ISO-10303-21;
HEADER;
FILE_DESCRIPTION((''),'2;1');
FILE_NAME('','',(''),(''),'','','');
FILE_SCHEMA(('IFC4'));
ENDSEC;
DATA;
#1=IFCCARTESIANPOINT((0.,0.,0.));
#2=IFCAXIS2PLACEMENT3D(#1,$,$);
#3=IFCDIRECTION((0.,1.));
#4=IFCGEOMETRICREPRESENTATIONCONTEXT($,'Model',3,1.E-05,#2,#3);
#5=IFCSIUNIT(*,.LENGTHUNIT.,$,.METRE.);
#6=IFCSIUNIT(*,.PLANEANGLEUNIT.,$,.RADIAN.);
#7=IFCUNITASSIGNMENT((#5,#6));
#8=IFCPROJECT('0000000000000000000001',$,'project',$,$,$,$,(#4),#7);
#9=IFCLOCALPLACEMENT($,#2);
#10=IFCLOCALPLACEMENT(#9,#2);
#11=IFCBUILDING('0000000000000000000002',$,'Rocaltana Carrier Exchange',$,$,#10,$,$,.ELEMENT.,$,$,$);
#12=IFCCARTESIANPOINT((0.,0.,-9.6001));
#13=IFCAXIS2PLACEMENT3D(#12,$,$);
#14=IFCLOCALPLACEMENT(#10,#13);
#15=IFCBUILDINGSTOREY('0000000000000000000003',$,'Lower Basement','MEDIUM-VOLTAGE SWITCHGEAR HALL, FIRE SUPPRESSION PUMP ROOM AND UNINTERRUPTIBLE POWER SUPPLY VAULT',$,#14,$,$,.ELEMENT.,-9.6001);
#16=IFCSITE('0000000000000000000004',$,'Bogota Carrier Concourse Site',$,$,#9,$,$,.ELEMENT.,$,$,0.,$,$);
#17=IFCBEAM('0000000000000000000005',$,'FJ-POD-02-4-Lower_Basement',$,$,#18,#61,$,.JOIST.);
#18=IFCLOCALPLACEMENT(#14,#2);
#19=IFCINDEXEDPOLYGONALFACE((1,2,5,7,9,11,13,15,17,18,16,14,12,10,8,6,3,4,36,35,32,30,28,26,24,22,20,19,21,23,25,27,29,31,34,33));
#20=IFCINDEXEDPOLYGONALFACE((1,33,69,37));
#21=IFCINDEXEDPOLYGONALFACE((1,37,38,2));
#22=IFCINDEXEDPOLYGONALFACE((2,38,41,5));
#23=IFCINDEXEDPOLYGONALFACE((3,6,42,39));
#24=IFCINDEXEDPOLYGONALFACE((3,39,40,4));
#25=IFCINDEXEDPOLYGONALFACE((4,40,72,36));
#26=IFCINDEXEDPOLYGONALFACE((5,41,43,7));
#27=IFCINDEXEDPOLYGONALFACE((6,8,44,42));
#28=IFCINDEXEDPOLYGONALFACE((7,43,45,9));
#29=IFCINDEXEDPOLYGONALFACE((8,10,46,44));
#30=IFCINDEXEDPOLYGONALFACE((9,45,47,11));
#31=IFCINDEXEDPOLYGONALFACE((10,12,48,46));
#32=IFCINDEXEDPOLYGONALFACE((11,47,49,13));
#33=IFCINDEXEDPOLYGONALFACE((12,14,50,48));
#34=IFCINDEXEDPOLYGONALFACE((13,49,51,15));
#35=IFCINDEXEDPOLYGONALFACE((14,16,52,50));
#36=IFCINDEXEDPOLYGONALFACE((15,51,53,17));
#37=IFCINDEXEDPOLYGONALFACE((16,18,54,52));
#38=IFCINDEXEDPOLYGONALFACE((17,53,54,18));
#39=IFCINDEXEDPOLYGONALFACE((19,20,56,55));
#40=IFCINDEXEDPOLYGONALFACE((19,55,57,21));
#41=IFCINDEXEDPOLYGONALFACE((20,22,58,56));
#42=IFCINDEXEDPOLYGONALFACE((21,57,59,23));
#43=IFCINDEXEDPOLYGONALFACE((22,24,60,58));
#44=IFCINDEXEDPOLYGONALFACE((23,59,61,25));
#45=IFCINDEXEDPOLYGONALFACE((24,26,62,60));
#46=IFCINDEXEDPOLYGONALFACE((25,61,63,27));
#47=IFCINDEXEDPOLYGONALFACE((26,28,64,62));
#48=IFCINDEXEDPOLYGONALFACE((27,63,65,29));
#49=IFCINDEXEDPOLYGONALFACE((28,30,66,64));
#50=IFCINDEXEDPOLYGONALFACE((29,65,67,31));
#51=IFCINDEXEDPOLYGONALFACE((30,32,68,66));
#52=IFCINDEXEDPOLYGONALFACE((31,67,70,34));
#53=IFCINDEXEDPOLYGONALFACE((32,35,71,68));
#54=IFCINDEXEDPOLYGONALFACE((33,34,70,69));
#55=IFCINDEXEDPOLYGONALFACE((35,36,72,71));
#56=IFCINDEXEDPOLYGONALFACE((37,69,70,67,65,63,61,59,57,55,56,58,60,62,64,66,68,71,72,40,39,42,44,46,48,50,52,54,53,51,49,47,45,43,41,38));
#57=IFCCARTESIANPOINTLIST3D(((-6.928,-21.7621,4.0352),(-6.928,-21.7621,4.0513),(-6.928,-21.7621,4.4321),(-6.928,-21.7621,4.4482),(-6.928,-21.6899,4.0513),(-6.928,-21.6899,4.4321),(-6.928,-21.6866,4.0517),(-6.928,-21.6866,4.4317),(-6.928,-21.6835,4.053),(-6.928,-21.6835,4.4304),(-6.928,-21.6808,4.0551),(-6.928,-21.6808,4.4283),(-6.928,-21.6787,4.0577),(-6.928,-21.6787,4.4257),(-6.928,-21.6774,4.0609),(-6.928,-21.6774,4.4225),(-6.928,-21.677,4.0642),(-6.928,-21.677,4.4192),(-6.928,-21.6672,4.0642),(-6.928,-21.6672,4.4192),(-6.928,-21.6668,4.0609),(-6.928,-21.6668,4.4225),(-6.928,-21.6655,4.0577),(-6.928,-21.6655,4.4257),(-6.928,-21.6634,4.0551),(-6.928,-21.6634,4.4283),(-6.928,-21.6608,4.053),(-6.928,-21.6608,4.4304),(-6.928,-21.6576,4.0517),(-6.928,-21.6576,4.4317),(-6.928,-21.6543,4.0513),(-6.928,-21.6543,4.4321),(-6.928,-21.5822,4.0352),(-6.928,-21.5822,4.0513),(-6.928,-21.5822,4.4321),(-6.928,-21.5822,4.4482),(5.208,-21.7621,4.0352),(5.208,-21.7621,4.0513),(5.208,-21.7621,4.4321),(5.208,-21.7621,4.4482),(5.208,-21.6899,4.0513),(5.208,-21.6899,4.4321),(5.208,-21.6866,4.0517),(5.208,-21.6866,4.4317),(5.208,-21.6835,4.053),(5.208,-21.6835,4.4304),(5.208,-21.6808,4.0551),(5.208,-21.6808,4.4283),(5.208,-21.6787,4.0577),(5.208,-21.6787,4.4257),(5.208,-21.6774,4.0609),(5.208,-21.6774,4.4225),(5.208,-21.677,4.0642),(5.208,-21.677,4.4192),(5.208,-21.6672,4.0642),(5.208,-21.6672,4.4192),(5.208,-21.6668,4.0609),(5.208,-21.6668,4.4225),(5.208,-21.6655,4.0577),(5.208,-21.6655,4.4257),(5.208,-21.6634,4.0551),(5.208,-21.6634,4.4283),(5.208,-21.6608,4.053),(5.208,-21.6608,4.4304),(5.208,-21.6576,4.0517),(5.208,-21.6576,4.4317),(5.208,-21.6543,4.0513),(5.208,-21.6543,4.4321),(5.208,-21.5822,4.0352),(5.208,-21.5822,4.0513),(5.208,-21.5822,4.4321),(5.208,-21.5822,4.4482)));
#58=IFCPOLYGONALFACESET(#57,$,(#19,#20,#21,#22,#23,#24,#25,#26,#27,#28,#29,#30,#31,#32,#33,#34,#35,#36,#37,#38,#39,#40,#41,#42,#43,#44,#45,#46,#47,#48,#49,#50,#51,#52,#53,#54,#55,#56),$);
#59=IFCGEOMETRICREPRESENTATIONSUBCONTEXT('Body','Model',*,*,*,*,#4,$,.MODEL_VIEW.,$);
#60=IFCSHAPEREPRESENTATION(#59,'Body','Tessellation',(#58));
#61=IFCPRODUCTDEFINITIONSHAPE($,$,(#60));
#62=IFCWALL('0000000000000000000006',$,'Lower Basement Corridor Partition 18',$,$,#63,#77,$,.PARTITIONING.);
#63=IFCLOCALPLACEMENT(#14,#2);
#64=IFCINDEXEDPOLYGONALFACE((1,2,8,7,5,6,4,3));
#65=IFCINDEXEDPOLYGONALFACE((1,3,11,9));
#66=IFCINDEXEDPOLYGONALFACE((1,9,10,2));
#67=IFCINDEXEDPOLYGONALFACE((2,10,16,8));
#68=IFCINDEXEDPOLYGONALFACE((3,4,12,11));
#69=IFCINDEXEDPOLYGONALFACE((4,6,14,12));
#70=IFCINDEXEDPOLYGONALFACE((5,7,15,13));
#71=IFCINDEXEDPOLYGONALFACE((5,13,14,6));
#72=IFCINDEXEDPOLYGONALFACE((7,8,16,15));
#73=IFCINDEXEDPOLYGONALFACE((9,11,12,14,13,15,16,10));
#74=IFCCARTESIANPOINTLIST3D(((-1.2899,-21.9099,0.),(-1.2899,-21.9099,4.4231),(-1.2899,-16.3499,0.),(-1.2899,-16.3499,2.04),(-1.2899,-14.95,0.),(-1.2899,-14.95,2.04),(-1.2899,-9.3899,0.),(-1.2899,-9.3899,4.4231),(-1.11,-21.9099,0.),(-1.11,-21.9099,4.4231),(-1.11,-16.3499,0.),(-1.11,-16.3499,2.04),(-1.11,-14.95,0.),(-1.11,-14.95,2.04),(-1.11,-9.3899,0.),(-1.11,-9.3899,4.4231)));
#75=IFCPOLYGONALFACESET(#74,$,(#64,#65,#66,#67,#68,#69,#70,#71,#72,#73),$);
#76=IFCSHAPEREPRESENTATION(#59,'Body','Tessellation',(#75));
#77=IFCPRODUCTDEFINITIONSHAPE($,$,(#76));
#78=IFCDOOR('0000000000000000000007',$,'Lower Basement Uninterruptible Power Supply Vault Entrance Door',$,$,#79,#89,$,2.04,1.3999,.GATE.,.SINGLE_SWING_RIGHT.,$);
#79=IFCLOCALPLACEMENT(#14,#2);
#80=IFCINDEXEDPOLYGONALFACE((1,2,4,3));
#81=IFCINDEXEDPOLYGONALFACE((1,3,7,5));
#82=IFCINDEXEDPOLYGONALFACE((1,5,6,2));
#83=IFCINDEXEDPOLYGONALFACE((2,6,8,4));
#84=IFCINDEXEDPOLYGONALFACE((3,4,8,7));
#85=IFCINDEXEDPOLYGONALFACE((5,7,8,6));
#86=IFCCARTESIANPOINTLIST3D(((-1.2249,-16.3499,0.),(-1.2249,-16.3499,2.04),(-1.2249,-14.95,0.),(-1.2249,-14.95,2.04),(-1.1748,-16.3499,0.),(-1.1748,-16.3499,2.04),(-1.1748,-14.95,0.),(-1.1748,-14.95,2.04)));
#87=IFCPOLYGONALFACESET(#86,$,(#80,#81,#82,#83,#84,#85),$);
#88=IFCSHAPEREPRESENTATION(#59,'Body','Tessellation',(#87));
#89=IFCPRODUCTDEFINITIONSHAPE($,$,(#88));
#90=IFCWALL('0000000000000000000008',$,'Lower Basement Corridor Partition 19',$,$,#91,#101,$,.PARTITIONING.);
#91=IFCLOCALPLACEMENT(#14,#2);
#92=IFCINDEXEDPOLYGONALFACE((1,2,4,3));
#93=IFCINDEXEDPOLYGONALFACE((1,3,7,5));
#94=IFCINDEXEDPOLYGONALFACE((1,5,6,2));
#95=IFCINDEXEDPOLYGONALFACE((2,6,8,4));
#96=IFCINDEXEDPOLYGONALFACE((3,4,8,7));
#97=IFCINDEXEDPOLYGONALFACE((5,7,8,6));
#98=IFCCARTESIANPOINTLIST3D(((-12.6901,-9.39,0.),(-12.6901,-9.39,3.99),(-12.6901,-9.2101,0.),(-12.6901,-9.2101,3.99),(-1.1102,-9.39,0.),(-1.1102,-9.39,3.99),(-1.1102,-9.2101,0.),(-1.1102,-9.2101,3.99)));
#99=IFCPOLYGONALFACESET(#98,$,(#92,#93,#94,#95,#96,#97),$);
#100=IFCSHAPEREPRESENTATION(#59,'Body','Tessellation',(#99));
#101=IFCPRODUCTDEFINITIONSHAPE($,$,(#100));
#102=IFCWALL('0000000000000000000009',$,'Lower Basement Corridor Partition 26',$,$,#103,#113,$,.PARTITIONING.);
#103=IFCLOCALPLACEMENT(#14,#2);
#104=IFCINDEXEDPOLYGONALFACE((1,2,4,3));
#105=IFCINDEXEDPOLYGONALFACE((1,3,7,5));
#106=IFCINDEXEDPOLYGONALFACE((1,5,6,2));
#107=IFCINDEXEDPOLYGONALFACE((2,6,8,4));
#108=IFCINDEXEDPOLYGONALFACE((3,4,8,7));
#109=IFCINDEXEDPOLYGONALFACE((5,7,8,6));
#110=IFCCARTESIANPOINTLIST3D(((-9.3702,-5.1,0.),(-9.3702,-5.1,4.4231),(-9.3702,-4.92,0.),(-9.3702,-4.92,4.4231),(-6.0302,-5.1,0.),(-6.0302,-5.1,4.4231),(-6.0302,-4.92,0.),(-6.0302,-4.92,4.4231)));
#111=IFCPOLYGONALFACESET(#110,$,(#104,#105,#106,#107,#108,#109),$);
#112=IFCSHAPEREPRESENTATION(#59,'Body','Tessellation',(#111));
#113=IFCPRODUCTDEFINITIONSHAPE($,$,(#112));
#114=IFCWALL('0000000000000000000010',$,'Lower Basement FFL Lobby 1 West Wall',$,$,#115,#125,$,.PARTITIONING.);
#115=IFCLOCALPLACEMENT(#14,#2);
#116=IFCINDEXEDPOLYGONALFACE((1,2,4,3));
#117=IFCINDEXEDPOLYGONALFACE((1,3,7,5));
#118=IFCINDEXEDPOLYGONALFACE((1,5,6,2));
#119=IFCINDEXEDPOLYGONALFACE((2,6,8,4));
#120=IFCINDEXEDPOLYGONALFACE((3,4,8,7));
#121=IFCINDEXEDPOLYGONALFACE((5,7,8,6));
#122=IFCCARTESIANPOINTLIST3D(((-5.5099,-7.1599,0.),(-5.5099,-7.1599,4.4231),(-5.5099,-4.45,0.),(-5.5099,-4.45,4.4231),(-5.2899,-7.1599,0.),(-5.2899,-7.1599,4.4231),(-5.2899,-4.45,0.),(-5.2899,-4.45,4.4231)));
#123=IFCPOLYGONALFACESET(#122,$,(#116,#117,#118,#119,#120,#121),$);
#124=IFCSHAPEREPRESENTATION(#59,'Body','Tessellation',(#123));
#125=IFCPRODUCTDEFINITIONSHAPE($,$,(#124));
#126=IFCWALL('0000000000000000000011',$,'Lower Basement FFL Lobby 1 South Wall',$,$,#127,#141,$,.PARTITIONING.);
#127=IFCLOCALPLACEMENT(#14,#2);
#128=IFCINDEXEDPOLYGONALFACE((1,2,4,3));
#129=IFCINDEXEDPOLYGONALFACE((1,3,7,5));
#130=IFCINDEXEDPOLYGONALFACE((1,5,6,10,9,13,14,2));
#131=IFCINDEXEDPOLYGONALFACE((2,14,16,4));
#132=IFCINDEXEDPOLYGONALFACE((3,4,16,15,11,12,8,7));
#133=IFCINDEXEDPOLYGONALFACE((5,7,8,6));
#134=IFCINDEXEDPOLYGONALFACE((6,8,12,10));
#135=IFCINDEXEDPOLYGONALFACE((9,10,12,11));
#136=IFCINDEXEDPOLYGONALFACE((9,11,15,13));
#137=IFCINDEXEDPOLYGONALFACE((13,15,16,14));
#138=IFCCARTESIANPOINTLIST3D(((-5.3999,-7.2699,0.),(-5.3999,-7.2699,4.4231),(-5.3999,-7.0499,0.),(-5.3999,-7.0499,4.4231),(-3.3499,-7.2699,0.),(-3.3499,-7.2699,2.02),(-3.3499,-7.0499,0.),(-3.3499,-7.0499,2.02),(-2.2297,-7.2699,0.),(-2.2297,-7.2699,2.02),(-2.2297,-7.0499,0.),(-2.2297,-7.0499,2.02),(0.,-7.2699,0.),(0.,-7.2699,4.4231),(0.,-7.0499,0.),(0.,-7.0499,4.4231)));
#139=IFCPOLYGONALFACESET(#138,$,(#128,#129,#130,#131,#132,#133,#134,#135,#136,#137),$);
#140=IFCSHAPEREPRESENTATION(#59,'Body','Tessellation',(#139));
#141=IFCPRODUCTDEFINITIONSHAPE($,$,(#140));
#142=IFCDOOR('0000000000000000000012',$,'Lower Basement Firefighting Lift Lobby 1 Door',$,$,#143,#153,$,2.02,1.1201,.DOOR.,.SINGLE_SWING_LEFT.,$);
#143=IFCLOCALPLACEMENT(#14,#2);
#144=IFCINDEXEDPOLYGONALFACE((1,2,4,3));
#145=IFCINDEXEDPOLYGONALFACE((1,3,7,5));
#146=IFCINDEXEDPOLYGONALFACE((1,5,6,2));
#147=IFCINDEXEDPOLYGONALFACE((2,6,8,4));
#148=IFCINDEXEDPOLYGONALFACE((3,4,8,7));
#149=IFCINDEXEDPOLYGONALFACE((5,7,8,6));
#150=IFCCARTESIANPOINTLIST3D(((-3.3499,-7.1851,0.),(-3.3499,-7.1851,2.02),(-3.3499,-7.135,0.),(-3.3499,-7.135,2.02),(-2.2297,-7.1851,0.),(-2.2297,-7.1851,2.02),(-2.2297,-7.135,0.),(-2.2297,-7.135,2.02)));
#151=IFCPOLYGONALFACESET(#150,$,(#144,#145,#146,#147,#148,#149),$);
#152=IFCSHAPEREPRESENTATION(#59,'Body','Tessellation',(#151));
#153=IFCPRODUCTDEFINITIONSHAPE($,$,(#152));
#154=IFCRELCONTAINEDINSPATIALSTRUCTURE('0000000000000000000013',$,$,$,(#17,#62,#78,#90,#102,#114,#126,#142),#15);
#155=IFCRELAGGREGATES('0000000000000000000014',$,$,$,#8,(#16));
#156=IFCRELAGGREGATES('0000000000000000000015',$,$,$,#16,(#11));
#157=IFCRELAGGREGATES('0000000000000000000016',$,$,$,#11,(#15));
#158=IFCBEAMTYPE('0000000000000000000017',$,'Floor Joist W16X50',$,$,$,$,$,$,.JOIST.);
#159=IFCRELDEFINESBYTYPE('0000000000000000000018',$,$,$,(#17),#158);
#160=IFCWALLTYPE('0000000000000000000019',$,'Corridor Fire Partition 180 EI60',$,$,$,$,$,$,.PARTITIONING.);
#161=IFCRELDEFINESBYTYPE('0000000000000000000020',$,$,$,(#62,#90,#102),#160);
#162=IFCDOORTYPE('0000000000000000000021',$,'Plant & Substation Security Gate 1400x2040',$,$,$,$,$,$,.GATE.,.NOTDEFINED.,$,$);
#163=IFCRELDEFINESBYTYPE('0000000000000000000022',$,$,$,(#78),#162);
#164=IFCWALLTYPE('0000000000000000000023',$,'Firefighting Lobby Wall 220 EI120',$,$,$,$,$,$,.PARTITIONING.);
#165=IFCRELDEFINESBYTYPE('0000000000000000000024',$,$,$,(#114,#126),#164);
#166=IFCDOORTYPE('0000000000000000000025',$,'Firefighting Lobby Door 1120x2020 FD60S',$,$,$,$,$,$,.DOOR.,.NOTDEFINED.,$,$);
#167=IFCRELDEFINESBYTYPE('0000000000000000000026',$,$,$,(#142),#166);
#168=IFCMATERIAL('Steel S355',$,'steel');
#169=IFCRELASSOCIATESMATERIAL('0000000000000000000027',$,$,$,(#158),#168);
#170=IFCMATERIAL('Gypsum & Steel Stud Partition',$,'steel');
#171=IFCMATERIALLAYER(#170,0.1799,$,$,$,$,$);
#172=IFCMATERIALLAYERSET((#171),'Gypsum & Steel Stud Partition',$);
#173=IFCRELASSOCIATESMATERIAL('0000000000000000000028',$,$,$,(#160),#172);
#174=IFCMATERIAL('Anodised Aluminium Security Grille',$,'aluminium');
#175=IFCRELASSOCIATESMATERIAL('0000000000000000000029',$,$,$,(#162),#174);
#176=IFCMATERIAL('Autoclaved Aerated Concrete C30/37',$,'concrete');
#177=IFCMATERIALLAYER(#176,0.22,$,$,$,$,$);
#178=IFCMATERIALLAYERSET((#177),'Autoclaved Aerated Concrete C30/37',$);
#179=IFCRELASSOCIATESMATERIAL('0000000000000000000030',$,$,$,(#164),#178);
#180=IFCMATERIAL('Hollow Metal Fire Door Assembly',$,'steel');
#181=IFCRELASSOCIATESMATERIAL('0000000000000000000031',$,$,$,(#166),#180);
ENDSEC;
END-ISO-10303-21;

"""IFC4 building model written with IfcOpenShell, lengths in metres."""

from ifc_helpers import new_model, si_unit, direction, frame, frame_2d, origin, origin_2d, place, context, subcontext, project, spatial, rectangle, i_section, extrude, material, layer, layer_set, material_profile, profile_set, type_object, element, fill, save


model = new_model("IFC4")

# Units and contexts
model_context = context("Model", 3, precision=1e-05, world=origin(), true_north=direction((0.0, 1.0)))
body_context = subcontext(model_context, "Body", "Model", "MODEL_VIEW")
ifc_project = project(units=[si_unit("LENGTHUNIT", "METRE"), si_unit("PLANEANGLEUNIT", "RADIAN")], contexts=[model_context])

# Site, building, storey
site_placement = place(None, origin())
site = spatial("IfcSite", under=ifc_project, at=site_placement, Name="Bogota Carrier Concourse Site", CompositionType="ELEMENT", RefElevation=0.0)
building_placement = place(site_placement, origin())
building = spatial("IfcBuilding", under=site, at=building_placement, Name="Rocaltana Carrier Exchange", CompositionType="ELEMENT")
storey_placement = place(building_placement, frame((0.0, 0.0, -9.6001)))
storey = spatial("IfcBuildingStorey", under=building, at=storey_placement, Name="Lower Basement", Description="MEDIUM-VOLTAGE SWITCHGEAR HALL, FIRE SUPPRESSION PUMP ROOM AND UNINTERRUPTIBLE POWER SUPPLY VAULT", CompositionType="ELEMENT", Elevation=-9.6001)

# Beam
ifc_material_1 = material(Name="Steel S355", Category="steel")
ifc_material_profile_1 = material_profile(ifc_material_1, i_section(OverallWidth=0.1799, OverallDepth=0.4131, WebThickness=0.0098, FlangeThickness=0.0161, FilletRadius=0.0129, at=origin_2d()), Name="W16X50")
ifc_profile_set_1 = profile_set([ifc_material_profile_1], Name="Steel S355")
beam_type_1 = type_object("IfcBeamType", Name="Floor Joist W16X50", PredefinedType="JOIST", material=ifc_profile_set_1)
beam_1_placement = place(storey_placement, frame((-6.928, -21.6721, 4.2417), z_axis=(1.0, 0.0, 0.0), x_axis=(0.0, 1.0, 0.0)))
element("IfcBeam", 1, at=beam_1_placement, inside=storey, type_object=beam_type_1, Name="FJ-POD-02-4-Lower_Basement", PredefinedType="JOIST", context=body_context, shape_type="SweptSolid", body=[
    extrude(i_section(OverallWidth=0.1799, OverallDepth=0.4131, WebThickness=0.0098, FlangeThickness=0.0161, FilletRadius=0.0129, at=origin_2d()), origin(), (0.0, 0.0, 1.0), 12.136),
])

# Wall, opening, door
ifc_material_2 = material(Name="Gypsum & Steel Stud Partition", Category="steel")
ifc_layer_1 = layer(ifc_material_2, 0.1799)
ifc_layer_set_1 = layer_set([ifc_layer_1], Name="Gypsum & Steel Stud Partition")
wall_type_1 = type_object("IfcWallType", Name="Corridor Fire Partition 180 EI60", PredefinedType="PARTITIONING", material=ifc_layer_set_1)
wall_1_placement = place(storey_placement, frame((-1.2, -21.9099, 0.0), z_axis=(0.0, 0.0, 1.0), x_axis=(0.0, 1.0, 0.0)))
wall_1 = element("IfcWall", 2, at=wall_1_placement, inside=storey, type_object=wall_type_1, Name="Lower Basement Corridor Partition 18", PredefinedType="PARTITIONING", context=body_context, shape_type="SweptSolid", body=[
    extrude(rectangle(XDim=12.52, YDim=0.1799, at=frame_2d((6.26, 0.0))), origin(), (0.0, 0.0, 1.0), 4.4231),
])
opening_1_placement = place(wall_1_placement, frame((5.5601, 0.0, 0.0)))
opening_1 = element("IfcOpeningElement", 3, at=opening_1_placement, cuts=wall_1, PredefinedType="OPENING", context=body_context, shape_type="SweptSolid", body=[
    extrude(rectangle(XDim=1.3999, YDim=2.04, at=frame_2d((0.7, 1.02))), frame((0.0, 0.0999, 0.0), z_axis=(0.0, -1.0, 0.0), x_axis=(1.0, 0.0, 0.0)), (0.0, 0.0, 1.0), 0.2),
])
ifc_material_3 = material(Name="Anodised Aluminium Security Grille", Category="aluminium")
door_type_1 = type_object("IfcDoorType", Name="Plant & Substation Security Gate 1400x2040", OperationType="NOTDEFINED", PredefinedType="GATE", material=ifc_material_3)
door_1_placement = place(opening_1_placement, origin())
door_1 = element("IfcDoor", 4, at=door_1_placement, inside=storey, type_object=door_type_1, Name="Lower Basement Uninterruptible Power Supply Vault Entrance Door", OperationType="SINGLE_SWING_RIGHT", OverallHeight=2.04, OverallWidth=1.3999, PredefinedType="GATE", context=body_context, shape_type="SweptSolid", body=[
    extrude(rectangle(XDim=1.3999, YDim=2.04, at=frame_2d((0.7, 1.02))), frame((0.0, 0.0249, 0.0), z_axis=(0.0, -1.0, 0.0), x_axis=(1.0, 0.0, 0.0)), (0.0, 0.0, 1.0), 0.05),
])
fill(opening_1, door_1)

# Walls
wall_2_placement = place(storey_placement, frame((-1.1101, -9.3, 0.0), z_axis=(0.0, 0.0, 1.0), x_axis=(-1.0, 0.0, 0.0)))
element("IfcWall", 5, at=wall_2_placement, inside=storey, type_object=wall_type_1, Name="Lower Basement Corridor Partition 19", PredefinedType="PARTITIONING", context=body_context, shape_type="SweptSolid", body=[
    extrude(rectangle(XDim=11.5798, YDim=0.1799, at=frame_2d((5.79, 0.0))), origin(), (0.0, 0.0, 1.0), 3.99),
])
wall_3_placement = place(storey_placement, frame((-9.3701, -5.01, 0.0), z_axis=(0.0, 0.0, 1.0), x_axis=(1.0, 0.0, 0.0)))
element("IfcWall", 6, at=wall_3_placement, inside=storey, type_object=wall_type_1, Name="Lower Basement Corridor Partition 26", PredefinedType="PARTITIONING", context=body_context, shape_type="SweptSolid", body=[
    extrude(rectangle(XDim=3.3401, YDim=0.1799, at=frame_2d((1.6699, 0.0))), origin(), (0.0, 0.0, 1.0), 4.4231),
])
ifc_material_4 = material(Name="Autoclaved Aerated Concrete C30/37", Category="concrete")
ifc_layer_2 = layer(ifc_material_4, 0.22)
ifc_layer_set_2 = layer_set([ifc_layer_2], Name="Autoclaved Aerated Concrete C30/37")
wall_type_2 = type_object("IfcWallType", Name="Firefighting Lobby Wall 220 EI120", PredefinedType="PARTITIONING", material=ifc_layer_set_2)
wall_4_placement = place(storey_placement, frame((-5.3999, -7.1599, 0.0), z_axis=(0.0, 0.0, 1.0), x_axis=(0.0, 1.0, 0.0)))
element("IfcWall", 7, at=wall_4_placement, inside=storey, type_object=wall_type_2, Name="Lower Basement FFL Lobby 1 West Wall", PredefinedType="PARTITIONING", context=body_context, shape_type="SweptSolid", body=[
    extrude(rectangle(XDim=2.71, YDim=0.22, at=frame_2d((1.355, 0.0))), origin(), (0.0, 0.0, 1.0), 4.4231),
])

# Wall, opening, door
wall_5_placement = place(storey_placement, frame((-5.3999, -7.1599, 0.0), z_axis=(0.0, 0.0, 1.0), x_axis=(1.0, 0.0, 0.0)))
wall_5 = element("IfcWall", 8, at=wall_5_placement, inside=storey, type_object=wall_type_2, Name="Lower Basement FFL Lobby 1 South Wall", PredefinedType="PARTITIONING", context=body_context, shape_type="SweptSolid", body=[
    extrude(rectangle(XDim=5.3999, YDim=0.22, at=frame_2d((2.7, 0.0))), origin(), (0.0, 0.0, 1.0), 4.4231),
])
opening_2_placement = place(wall_5_placement, frame((2.05, 0.0, 0.0)))
opening_2 = element("IfcOpeningElement", 9, at=opening_2_placement, cuts=wall_5, PredefinedType="OPENING", context=body_context, shape_type="SweptSolid", body=[
    extrude(rectangle(XDim=1.1201, YDim=2.02, at=frame_2d((0.5601, 1.01))), frame((0.0, 0.1199, 0.0), z_axis=(0.0, -1.0, 0.0), x_axis=(1.0, 0.0, 0.0)), (0.0, 0.0, 1.0), 0.24),
])
ifc_material_5 = material(Name="Hollow Metal Fire Door Assembly", Category="steel")
door_type_2 = type_object("IfcDoorType", Name="Firefighting Lobby Door 1120x2020 FD60S", OperationType="NOTDEFINED", PredefinedType="DOOR", material=ifc_material_5)
door_2_placement = place(opening_2_placement, origin())
door_2 = element("IfcDoor", 10, at=door_2_placement, inside=storey, type_object=door_type_2, Name="Lower Basement Firefighting Lift Lobby 1 Door", OperationType="SINGLE_SWING_LEFT", OverallHeight=2.02, OverallWidth=1.1201, PredefinedType="DOOR", context=body_context, shape_type="SweptSolid", body=[
    extrude(rectangle(XDim=1.1201, YDim=2.02, at=frame_2d((0.5601, 1.01))), frame((0.0, 0.0249, 0.0), z_axis=(0.0, -1.0, 0.0), x_axis=(1.0, 0.0, 0.0)), (0.0, 0.0, 1.0), 0.05),
])
fill(opening_2, door_2)

save(model, "model.ifc")
